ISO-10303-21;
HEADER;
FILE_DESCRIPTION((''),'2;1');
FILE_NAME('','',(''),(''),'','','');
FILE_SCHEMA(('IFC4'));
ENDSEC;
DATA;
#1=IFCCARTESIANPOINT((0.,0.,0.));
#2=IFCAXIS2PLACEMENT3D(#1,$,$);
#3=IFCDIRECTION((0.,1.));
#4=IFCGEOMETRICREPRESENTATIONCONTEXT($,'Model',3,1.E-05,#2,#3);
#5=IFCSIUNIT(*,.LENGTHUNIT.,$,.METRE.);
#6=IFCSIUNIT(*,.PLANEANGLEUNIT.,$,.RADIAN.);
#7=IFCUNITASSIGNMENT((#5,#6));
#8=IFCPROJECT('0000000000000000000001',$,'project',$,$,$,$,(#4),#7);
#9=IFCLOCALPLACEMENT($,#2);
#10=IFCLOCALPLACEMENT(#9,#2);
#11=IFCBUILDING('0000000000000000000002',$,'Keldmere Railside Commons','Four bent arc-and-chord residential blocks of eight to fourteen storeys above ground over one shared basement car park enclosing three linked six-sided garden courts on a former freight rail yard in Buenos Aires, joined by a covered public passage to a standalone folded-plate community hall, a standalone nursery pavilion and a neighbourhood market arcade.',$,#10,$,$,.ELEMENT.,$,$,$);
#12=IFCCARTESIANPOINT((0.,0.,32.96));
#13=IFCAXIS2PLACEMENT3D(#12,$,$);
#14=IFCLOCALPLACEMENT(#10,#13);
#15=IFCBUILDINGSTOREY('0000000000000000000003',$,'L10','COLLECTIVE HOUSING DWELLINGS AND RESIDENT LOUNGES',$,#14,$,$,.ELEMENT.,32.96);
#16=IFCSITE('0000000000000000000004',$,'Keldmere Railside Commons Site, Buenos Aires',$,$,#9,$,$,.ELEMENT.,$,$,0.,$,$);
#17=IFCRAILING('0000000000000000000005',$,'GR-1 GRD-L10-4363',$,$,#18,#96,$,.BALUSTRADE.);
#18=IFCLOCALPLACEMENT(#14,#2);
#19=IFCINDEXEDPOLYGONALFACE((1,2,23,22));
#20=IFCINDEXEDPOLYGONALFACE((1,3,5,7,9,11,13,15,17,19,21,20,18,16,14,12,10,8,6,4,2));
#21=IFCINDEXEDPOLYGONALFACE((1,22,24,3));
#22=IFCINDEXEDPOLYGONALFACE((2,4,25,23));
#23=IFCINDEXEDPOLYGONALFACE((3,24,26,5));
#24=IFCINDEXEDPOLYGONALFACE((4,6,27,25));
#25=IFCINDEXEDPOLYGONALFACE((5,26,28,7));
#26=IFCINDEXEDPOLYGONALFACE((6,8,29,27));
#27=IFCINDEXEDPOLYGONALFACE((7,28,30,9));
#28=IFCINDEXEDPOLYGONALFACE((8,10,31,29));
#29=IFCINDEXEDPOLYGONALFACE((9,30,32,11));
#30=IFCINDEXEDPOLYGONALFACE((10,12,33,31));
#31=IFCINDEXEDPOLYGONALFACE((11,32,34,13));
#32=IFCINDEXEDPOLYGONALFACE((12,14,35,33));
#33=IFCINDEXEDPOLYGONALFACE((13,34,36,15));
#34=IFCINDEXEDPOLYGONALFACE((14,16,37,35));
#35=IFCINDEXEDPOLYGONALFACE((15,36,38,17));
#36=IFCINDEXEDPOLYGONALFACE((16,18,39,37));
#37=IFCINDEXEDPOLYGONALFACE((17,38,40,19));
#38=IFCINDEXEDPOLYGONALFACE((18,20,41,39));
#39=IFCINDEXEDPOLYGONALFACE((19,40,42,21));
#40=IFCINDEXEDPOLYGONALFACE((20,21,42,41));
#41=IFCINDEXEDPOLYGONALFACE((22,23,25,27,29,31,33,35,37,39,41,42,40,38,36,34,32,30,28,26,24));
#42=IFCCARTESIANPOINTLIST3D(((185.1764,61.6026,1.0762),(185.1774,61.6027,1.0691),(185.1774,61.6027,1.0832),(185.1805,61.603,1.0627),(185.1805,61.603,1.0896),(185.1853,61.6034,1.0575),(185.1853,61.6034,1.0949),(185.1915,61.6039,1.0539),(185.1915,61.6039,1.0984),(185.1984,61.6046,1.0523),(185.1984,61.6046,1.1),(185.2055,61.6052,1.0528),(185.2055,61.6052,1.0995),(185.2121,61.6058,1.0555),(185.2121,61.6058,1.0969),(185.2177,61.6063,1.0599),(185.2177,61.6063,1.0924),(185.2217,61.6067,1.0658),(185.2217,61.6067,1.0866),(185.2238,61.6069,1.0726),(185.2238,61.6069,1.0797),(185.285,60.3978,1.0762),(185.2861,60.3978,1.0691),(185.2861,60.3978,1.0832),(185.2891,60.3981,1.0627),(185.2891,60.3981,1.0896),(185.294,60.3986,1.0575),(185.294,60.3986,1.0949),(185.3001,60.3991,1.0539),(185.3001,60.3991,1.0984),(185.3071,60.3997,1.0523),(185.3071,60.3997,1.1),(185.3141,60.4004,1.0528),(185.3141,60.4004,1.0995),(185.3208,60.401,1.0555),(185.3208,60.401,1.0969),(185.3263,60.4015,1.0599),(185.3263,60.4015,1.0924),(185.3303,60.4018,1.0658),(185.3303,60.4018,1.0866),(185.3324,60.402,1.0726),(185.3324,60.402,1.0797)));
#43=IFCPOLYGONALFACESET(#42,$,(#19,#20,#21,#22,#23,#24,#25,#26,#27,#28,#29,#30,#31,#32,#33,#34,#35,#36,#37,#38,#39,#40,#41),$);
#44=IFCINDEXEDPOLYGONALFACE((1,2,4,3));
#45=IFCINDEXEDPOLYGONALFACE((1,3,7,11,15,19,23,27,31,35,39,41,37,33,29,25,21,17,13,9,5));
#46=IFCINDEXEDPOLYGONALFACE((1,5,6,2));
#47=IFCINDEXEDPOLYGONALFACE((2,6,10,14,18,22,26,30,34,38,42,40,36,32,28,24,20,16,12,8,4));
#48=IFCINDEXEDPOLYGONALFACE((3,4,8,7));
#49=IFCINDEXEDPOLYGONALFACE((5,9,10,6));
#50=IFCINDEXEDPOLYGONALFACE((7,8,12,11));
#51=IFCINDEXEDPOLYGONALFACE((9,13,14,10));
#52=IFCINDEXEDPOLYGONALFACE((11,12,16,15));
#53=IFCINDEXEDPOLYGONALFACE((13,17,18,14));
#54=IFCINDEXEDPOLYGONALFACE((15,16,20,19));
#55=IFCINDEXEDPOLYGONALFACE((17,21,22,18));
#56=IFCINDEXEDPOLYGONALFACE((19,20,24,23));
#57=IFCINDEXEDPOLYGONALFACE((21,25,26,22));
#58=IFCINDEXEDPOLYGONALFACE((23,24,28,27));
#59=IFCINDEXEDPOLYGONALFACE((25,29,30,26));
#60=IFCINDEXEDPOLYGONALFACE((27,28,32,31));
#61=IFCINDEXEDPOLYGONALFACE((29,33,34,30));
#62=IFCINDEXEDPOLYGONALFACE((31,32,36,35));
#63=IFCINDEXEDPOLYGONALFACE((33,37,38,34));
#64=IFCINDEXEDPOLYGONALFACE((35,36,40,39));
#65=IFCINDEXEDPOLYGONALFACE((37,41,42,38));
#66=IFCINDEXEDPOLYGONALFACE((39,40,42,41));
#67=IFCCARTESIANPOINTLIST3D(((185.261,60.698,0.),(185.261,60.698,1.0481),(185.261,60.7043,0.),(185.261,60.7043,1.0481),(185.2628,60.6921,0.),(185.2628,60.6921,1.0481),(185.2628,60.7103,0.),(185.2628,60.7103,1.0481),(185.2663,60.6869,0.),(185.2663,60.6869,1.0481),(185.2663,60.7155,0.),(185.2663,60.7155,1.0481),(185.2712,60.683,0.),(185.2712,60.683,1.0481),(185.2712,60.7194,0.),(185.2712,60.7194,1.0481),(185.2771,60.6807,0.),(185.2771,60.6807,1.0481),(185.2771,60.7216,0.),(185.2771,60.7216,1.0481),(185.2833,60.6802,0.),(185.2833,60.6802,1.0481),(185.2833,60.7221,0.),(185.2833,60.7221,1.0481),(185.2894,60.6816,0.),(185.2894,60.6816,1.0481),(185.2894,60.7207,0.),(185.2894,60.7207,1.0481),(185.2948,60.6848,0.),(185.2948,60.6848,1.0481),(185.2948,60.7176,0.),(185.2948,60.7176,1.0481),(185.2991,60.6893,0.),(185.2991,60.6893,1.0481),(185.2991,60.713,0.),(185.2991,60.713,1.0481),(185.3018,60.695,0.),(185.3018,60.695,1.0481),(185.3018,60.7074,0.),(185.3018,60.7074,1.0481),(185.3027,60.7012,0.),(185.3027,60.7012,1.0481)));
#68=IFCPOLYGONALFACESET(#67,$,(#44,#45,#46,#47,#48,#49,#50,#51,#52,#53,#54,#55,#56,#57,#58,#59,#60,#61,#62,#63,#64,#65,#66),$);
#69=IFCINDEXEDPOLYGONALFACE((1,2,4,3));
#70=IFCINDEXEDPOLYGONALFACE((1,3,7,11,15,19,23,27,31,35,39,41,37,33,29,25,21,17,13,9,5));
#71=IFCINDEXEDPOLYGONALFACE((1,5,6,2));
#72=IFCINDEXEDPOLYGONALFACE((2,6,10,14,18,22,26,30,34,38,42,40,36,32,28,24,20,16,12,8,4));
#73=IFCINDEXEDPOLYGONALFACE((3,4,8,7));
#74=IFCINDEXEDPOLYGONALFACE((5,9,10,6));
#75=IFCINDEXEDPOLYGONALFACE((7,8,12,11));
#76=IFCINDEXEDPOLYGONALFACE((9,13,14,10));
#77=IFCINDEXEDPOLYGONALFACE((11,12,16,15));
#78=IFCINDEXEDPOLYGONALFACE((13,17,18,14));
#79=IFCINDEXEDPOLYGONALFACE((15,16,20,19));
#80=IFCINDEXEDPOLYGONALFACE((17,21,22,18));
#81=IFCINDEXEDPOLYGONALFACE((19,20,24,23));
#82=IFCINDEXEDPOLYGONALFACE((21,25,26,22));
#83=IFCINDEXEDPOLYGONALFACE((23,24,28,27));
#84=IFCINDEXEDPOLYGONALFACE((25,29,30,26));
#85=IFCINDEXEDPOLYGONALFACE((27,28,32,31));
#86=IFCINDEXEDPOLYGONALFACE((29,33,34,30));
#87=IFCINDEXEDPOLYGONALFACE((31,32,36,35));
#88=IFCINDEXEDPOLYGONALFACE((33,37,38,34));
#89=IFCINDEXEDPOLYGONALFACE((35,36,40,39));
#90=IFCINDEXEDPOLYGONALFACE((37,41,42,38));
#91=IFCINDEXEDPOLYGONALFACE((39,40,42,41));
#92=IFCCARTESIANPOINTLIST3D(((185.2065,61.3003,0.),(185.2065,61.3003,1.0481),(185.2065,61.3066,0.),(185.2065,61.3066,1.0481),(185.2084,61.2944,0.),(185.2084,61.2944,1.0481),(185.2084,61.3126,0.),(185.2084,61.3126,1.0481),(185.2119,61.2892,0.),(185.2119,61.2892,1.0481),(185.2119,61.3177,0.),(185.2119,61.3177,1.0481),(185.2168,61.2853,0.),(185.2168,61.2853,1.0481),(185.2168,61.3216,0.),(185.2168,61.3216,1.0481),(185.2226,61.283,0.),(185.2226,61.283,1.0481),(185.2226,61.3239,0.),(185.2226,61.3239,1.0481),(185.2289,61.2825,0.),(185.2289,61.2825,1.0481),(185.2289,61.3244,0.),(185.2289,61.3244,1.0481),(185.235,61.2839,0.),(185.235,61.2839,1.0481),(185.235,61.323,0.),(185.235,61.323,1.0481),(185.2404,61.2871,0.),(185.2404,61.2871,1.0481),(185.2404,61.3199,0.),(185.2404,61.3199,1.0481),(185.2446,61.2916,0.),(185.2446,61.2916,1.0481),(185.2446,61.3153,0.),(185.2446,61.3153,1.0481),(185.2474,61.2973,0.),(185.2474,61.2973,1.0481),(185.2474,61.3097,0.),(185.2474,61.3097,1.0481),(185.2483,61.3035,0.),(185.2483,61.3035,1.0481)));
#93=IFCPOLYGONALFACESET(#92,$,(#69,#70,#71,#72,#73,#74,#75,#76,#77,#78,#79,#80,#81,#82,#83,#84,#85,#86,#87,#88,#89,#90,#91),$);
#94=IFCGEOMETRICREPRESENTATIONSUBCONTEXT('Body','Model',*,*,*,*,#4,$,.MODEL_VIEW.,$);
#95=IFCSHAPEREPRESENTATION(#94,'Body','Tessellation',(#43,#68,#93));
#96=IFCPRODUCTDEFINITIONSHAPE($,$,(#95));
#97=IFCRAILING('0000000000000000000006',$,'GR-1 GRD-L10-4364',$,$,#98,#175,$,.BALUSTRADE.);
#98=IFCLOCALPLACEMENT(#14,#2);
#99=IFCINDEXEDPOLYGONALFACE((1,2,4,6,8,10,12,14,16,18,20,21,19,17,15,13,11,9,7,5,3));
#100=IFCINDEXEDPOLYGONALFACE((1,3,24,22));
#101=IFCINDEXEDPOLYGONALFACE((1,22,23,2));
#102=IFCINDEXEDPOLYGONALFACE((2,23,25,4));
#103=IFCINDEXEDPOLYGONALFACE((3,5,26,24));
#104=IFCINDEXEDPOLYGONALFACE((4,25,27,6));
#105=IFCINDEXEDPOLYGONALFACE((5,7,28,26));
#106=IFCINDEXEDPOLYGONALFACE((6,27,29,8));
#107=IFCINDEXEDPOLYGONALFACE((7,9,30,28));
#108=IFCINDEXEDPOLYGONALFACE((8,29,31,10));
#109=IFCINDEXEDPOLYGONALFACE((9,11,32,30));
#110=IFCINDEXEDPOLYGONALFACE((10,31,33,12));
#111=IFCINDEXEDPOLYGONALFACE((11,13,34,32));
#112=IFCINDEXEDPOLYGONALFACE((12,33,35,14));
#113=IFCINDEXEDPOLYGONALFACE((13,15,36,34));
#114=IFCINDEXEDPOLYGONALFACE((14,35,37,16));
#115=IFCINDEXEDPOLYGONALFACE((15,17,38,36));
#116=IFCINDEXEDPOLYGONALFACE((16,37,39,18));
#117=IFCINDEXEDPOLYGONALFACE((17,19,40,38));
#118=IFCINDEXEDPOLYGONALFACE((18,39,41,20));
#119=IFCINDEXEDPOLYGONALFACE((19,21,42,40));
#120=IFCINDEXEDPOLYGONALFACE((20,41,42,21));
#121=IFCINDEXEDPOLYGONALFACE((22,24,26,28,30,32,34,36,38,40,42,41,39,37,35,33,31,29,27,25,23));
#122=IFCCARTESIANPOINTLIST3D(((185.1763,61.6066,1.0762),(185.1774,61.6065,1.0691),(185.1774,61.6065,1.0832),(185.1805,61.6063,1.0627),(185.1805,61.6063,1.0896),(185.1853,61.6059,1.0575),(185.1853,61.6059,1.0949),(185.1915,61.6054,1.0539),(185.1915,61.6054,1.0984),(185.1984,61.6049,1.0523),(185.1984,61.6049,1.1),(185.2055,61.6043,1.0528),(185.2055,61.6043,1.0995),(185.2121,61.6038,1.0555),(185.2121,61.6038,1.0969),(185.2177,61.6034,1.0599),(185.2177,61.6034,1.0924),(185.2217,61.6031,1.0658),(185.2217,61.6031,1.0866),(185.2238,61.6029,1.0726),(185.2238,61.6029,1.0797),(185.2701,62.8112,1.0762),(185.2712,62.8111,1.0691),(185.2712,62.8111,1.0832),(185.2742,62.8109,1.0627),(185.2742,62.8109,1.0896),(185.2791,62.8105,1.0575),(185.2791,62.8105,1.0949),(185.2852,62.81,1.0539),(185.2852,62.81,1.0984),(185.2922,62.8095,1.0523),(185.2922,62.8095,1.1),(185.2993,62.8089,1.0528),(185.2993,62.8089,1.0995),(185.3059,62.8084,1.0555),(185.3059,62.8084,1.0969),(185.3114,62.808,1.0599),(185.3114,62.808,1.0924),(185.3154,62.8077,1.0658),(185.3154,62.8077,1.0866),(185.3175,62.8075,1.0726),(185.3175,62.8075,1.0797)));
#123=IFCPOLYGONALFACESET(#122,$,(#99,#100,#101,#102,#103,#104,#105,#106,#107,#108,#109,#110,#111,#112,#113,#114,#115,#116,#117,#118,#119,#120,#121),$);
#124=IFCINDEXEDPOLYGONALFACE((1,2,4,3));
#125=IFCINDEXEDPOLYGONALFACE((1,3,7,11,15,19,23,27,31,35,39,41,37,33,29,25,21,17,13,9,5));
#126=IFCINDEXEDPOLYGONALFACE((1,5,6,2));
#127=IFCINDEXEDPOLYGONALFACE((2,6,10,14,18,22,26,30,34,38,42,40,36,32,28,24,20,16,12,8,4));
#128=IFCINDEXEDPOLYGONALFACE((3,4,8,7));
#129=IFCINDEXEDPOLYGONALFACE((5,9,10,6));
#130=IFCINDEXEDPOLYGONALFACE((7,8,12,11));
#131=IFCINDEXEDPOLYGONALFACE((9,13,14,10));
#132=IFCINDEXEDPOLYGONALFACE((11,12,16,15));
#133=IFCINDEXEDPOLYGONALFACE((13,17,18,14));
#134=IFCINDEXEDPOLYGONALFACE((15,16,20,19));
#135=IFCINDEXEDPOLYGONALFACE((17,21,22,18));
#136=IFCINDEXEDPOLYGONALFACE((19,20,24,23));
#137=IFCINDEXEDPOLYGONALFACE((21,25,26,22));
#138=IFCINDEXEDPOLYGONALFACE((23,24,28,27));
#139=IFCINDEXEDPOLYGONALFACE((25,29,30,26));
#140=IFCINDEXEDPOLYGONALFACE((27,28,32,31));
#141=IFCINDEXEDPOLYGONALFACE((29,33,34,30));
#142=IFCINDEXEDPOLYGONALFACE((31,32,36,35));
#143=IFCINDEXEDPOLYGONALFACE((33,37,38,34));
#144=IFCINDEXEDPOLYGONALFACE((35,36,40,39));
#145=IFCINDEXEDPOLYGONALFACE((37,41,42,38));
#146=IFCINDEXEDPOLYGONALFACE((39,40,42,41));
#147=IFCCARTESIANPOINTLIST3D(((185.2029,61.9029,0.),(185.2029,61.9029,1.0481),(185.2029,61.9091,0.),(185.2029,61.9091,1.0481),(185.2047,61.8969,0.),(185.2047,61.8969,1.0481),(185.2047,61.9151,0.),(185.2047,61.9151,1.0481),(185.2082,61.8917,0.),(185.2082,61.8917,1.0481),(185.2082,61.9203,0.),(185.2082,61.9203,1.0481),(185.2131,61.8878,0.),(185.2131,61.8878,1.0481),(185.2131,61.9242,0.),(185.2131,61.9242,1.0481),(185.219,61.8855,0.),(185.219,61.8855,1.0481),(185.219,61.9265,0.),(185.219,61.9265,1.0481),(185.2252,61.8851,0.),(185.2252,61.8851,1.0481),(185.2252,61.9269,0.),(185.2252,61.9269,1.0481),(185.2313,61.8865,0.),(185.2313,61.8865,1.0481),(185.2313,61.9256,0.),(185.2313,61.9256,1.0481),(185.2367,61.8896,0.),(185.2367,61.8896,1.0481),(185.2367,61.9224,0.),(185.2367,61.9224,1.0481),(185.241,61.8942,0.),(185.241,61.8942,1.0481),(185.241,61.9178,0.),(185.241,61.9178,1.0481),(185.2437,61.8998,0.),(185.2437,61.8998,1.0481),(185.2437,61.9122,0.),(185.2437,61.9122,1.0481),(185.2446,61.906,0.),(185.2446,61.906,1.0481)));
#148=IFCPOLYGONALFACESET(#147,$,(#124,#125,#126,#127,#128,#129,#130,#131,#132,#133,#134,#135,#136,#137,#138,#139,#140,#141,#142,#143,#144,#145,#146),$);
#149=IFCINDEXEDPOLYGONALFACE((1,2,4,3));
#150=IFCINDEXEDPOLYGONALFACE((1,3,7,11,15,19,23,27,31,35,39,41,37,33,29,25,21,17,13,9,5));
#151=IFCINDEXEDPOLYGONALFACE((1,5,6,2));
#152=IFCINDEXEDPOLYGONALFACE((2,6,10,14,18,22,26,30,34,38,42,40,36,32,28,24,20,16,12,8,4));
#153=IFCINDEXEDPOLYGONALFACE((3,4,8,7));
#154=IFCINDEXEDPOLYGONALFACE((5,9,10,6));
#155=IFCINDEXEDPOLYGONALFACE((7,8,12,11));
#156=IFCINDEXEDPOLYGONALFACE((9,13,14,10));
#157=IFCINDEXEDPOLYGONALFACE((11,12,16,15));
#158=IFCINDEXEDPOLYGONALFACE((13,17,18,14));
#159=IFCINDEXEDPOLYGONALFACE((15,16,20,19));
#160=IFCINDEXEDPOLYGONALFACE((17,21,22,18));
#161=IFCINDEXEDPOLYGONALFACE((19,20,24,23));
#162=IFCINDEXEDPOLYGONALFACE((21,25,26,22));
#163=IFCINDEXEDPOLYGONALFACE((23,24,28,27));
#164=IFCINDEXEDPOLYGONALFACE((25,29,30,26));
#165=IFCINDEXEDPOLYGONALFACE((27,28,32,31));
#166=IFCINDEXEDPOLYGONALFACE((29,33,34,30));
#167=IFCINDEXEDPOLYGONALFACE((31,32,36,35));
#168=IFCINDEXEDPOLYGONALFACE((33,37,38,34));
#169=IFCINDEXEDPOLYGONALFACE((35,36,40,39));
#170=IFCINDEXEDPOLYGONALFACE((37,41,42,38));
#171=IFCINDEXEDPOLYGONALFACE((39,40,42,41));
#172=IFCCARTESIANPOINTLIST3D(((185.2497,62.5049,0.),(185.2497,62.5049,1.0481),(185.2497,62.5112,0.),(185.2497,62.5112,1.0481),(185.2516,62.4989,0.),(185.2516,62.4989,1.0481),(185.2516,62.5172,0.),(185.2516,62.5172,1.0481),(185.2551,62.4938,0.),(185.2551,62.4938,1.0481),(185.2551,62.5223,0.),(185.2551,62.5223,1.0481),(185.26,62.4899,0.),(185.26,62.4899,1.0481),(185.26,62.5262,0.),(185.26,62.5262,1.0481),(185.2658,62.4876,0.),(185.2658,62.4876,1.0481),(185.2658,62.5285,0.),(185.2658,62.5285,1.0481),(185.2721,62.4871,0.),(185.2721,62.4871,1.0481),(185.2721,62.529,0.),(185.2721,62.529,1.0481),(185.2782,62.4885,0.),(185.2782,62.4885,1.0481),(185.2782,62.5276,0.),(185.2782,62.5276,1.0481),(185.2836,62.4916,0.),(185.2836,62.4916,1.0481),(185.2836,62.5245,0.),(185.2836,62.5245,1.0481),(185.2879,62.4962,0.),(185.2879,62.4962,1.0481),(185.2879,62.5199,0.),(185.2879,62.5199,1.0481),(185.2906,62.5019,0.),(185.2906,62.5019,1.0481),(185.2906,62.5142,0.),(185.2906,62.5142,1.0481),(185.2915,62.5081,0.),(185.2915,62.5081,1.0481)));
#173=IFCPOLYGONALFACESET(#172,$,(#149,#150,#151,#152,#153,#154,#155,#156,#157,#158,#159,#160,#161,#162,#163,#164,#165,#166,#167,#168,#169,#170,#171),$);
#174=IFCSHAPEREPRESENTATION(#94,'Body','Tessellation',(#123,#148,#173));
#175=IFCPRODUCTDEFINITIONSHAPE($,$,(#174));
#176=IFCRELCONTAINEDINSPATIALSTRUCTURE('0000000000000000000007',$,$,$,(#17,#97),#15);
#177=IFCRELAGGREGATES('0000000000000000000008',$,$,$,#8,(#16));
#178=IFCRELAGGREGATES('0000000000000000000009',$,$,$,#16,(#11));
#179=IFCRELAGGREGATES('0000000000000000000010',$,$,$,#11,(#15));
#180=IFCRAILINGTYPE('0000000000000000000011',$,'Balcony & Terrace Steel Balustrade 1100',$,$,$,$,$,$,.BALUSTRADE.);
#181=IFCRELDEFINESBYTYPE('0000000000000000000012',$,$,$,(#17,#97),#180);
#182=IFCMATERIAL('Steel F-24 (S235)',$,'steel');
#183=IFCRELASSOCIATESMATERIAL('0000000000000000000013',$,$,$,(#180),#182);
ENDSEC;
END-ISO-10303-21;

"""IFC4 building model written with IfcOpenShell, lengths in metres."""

from ifc_helpers import new_model, si_unit, direction, frame, origin, origin_2d, place, context, subcontext, project, spatial, circle, extrude, material, type_object, element, save


model = new_model("IFC4")

# Units and contexts
model_context = context("Model", 3, precision=1e-05, world=origin(), true_north=direction((0.0, 1.0)))
body_context = subcontext(model_context, "Body", "Model", "MODEL_VIEW")
ifc_project = project(units=[si_unit("LENGTHUNIT", "METRE"), si_unit("PLANEANGLEUNIT", "RADIAN")], contexts=[model_context])

# Site, building, storey
site_placement = place(None, origin())
site = spatial("IfcSite", under=ifc_project, at=site_placement, Name="Keldmere Railside Commons Site, Buenos Aires", CompositionType="ELEMENT", RefElevation=0.0)
building_placement = place(site_placement, origin())
building = spatial("IfcBuilding", under=site, at=building_placement, Name="Keldmere Railside Commons", Description="Four bent arc-and-chord residential blocks of eight to fourteen storeys above ground over one shared basement car park enclosing three linked six-sided garden courts on a former freight rail yard in Buenos Aires, joined by a covered public passage to a standalone folded-plate community hall, a standalone nursery pavilion and a neighbourhood market arcade.", CompositionType="ELEMENT")
storey_placement = place(building_placement, frame((0.0, 0.0, 32.96)))
storey = spatial("IfcBuildingStorey", under=building, at=storey_placement, Name="L10", Description="COLLECTIVE HOUSING DWELLINGS AND RESIDENT LOUNGES", CompositionType="ELEMENT", Elevation=32.96)

# Railings
ifc_material_1 = material(Name="Steel F-24 (S235)", Category="steel")
railing_type_1 = type_object("IfcRailingType", Name="Balcony & Terrace Steel Balustrade 1100", PredefinedType="BALUSTRADE", material=ifc_material_1)
railing_1_placement = place(storey_placement, frame((185.3088, 60.3999, 0.0)))
element("IfcRailing", 1, at=railing_1_placement, inside=storey, type_object=railing_type_1, Name="GR-1 GRD-L10-4363", PredefinedType="BALUSTRADE", context=body_context, shape_type="SweptSolid", body=[
    extrude(circle(Radius=0.0239, at=origin_2d()), frame((0.0, 0.0, 1.0762), z_axis=(-0.089808, 0.995959, 0.0), x_axis=(-0.995959, -0.089808, 0.0)), (0.0, 0.0, 1.0), 1.2097),
    extrude(circle(Radius=0.021, at=origin_2d()), frame((-0.0271, 0.3013, 0.0)), (0.0, 0.0, 1.0), 1.0481),
    extrude(circle(Radius=0.021, at=origin_2d()), frame((-0.0815, 0.9036, 0.0)), (0.0, 0.0, 1.0), 1.0481),
])
railing_2_placement = place(storey_placement, frame((185.2002, 61.6047, 0.0)))
element("IfcRailing", 2, at=railing_2_placement, inside=storey, type_object=railing_type_1, Name="GR-1 GRD-L10-4364", PredefinedType="BALUSTRADE", context=body_context, shape_type="SweptSolid", body=[
    extrude(circle(Radius=0.0239, at=origin_2d()), frame((0.0, 0.0, 1.0762), z_axis=(0.077593, 0.996985, 0.0), x_axis=(-0.996985, 0.077593, 0.0)), (0.0, 0.0, 1.0), 1.2083),
    extrude(circle(Radius=0.021, at=origin_2d()), frame((0.0234, 0.3013, 0.0)), (0.0, 0.0, 1.0), 1.0481),
    extrude(circle(Radius=0.021, at=origin_2d()), frame((0.0703, 0.9033, 0.0)), (0.0, 0.0, 1.0), 1.0481),
])

save(model, "model.ifc")
